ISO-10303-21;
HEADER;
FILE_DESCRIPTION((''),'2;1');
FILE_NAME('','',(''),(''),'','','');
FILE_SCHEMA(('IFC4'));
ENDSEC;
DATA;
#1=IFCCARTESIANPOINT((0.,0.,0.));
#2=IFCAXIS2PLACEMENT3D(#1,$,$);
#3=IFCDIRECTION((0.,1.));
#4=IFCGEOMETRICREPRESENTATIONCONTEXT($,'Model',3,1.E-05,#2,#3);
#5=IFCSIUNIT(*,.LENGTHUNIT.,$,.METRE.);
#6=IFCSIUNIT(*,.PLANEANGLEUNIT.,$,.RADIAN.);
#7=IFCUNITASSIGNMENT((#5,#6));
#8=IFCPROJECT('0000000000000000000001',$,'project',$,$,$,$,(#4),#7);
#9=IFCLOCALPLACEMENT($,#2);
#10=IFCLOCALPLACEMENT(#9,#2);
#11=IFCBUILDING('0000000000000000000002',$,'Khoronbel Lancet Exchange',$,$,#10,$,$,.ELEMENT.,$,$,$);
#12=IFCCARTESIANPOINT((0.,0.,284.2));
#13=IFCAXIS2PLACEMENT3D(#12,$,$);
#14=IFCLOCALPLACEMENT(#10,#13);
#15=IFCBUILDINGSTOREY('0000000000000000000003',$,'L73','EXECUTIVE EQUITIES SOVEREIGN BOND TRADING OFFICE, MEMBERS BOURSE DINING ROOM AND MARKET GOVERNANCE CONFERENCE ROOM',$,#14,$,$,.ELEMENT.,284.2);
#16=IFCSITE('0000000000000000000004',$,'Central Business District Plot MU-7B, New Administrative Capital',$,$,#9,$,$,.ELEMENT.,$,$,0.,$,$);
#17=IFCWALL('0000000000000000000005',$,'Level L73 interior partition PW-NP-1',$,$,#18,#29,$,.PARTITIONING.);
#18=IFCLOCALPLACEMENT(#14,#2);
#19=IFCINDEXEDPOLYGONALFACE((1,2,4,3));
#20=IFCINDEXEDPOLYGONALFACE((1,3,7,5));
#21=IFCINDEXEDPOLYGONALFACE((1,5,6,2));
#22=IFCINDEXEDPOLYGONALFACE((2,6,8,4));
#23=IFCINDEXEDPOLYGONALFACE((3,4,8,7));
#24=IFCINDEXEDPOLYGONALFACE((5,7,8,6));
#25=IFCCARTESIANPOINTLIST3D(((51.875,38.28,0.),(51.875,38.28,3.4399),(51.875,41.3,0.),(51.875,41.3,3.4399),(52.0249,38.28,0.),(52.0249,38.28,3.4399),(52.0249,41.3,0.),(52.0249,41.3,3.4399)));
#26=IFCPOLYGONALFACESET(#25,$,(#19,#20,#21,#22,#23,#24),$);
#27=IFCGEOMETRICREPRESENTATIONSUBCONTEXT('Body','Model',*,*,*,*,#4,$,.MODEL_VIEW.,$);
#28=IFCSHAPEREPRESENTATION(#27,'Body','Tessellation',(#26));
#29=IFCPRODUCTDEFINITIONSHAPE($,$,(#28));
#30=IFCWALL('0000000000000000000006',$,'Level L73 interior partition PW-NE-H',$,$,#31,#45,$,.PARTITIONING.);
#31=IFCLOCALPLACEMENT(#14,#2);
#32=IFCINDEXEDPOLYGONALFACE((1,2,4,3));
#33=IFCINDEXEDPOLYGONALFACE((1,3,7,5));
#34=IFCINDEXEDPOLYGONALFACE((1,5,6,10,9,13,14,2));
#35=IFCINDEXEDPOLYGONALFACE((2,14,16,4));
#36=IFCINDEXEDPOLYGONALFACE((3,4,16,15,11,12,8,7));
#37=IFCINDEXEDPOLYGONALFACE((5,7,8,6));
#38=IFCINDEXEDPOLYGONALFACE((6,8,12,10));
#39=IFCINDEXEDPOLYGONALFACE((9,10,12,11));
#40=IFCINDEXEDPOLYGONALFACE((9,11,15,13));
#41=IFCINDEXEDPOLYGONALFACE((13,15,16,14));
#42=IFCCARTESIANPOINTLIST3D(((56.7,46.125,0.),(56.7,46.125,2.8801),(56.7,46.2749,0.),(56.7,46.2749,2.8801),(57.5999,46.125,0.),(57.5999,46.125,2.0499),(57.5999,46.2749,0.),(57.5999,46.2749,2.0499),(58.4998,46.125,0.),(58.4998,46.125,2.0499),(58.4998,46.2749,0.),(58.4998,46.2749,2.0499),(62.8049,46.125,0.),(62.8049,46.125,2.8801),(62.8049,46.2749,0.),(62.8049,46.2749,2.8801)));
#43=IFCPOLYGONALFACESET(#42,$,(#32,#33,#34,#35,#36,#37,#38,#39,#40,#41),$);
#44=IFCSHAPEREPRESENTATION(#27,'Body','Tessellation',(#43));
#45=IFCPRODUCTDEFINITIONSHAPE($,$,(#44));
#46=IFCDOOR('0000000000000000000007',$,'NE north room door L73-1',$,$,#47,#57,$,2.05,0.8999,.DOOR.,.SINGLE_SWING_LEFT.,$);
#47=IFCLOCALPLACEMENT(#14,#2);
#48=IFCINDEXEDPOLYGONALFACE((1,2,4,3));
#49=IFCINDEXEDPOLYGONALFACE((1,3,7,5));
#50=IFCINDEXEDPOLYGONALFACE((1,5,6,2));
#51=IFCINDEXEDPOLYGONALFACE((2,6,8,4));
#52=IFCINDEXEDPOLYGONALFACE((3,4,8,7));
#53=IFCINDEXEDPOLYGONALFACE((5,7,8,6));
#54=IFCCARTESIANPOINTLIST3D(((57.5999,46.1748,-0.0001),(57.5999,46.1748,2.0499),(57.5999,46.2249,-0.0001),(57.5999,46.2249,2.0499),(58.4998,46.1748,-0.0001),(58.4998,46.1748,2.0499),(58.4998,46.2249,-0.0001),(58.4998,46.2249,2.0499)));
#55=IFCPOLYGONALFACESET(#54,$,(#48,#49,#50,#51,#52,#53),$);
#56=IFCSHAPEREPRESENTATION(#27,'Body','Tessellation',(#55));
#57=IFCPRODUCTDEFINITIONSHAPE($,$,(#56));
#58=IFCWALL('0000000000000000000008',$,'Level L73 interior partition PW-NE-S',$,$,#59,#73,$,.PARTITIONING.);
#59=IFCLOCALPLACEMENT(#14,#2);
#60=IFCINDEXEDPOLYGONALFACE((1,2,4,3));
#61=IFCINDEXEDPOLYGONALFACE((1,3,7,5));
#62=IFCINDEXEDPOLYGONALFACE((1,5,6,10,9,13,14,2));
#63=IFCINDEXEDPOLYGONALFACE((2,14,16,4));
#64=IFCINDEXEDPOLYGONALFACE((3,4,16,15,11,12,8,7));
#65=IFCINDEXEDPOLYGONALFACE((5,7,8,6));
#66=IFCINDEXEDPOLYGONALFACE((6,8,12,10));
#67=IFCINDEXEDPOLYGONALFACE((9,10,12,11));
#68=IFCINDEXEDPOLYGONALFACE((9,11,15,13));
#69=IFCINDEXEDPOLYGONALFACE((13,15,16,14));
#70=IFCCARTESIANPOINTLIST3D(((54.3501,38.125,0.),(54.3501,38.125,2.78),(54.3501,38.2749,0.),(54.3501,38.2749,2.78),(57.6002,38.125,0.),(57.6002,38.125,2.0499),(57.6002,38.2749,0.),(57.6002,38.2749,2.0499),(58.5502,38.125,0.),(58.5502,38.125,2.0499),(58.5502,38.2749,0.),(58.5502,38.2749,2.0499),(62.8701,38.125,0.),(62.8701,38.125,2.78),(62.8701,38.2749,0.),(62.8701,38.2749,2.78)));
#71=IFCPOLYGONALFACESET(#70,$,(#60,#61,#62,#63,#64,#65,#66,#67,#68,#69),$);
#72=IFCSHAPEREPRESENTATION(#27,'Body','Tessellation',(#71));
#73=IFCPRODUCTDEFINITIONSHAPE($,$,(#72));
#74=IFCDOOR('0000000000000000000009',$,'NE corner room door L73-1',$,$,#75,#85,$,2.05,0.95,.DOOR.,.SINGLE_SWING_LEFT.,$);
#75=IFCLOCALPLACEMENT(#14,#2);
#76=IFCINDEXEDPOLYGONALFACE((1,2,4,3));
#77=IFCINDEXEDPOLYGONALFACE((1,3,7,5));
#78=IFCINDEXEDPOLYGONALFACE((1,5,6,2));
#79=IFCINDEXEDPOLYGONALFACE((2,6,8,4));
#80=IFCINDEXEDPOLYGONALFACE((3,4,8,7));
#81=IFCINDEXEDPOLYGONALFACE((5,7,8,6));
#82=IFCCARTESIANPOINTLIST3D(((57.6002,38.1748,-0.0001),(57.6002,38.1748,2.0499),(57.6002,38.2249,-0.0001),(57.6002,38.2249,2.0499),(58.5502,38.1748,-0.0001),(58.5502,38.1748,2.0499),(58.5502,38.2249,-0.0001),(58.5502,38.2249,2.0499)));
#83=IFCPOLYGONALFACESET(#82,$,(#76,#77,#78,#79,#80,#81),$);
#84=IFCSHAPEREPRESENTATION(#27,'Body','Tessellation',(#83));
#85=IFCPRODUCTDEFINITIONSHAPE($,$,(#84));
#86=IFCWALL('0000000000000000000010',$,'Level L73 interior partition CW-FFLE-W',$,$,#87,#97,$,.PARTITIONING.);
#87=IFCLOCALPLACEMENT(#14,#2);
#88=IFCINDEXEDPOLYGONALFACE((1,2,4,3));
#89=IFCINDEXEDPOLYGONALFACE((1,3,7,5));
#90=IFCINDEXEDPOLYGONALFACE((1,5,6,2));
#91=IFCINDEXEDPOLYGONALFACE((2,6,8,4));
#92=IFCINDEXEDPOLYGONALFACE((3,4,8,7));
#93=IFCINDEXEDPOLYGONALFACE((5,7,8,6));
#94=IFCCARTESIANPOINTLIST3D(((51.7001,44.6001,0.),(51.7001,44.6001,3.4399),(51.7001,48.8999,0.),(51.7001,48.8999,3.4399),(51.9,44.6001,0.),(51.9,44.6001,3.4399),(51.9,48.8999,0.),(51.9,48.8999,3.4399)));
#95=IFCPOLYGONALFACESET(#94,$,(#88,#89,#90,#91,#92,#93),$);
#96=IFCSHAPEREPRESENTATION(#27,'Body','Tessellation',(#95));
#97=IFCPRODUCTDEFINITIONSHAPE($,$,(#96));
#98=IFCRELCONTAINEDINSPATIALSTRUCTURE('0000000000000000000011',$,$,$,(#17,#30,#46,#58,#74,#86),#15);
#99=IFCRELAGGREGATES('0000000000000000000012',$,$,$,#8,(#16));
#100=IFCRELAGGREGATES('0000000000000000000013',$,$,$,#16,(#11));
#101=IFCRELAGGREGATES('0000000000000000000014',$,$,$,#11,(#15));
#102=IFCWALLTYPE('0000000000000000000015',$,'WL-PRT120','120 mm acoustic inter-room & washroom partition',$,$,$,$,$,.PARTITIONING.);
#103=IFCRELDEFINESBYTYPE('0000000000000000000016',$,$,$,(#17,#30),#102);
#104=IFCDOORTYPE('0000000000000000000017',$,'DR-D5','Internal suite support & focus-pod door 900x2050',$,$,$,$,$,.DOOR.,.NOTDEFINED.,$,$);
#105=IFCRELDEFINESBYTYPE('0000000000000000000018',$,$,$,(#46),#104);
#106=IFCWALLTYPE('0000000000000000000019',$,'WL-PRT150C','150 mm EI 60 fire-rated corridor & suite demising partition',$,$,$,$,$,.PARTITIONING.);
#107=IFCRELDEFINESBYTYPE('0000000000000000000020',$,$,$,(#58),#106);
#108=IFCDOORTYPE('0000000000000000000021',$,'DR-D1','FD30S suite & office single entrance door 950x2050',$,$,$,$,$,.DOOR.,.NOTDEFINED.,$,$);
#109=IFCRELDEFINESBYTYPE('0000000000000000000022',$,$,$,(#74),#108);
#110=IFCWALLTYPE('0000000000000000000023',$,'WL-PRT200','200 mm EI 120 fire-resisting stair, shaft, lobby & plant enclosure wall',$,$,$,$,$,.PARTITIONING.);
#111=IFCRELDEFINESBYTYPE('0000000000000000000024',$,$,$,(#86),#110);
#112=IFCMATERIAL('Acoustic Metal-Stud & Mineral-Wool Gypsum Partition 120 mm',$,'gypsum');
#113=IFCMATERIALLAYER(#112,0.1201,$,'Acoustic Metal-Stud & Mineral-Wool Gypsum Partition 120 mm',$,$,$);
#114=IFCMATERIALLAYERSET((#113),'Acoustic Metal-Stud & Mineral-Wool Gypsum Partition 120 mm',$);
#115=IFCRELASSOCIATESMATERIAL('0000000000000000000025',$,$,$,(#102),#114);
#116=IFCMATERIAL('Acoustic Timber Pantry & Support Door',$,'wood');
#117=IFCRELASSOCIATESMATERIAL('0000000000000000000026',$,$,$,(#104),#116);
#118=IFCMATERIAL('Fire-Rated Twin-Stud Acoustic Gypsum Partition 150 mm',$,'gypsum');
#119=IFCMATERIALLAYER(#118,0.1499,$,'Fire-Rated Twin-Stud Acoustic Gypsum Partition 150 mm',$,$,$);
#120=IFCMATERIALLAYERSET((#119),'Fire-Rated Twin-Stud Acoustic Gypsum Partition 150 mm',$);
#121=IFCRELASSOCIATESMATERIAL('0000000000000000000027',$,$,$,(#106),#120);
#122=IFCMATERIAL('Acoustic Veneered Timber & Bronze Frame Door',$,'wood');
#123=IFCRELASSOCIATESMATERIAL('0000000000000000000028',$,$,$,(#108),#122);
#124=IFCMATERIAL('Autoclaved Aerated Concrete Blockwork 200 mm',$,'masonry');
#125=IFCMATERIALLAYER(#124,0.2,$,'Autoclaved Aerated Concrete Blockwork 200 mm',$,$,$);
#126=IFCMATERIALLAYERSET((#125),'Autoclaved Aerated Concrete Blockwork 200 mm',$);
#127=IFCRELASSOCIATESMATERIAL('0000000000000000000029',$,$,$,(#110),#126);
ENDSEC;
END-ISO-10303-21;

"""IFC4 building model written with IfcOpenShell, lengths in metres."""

from ifc_helpers import new_model, si_unit, direction, frame, frame_2d, origin, place, context, subcontext, project, spatial, rectangle, extrude, material, layer, layer_set, type_object, element, fill, save


model = new_model("IFC4")

# Units and contexts
model_context = context("Model", 3, precision=1e-05, world=origin(), true_north=direction((0.0, 1.0)))
body_context = subcontext(model_context, "Body", "Model", "MODEL_VIEW")
ifc_project = project(units=[si_unit("LENGTHUNIT", "METRE"), si_unit("PLANEANGLEUNIT", "RADIAN")], contexts=[model_context])

# Site, building, storey
site_placement = place(None, origin())
site = spatial("IfcSite", under=ifc_project, at=site_placement, Name="Central Business District Plot MU-7B, New Administrative Capital", CompositionType="ELEMENT", RefElevation=0.0)
building_placement = place(site_placement, origin())
building = spatial("IfcBuilding", under=site, at=building_placement, Name="Khoronbel Lancet Exchange", CompositionType="ELEMENT")
storey_placement = place(building_placement, frame((0.0, 0.0, 284.2)))
storey = spatial("IfcBuildingStorey", under=building, at=storey_placement, Name="L73", Description="EXECUTIVE EQUITIES SOVEREIGN BOND TRADING OFFICE, MEMBERS BOURSE DINING ROOM AND MARKET GOVERNANCE CONFERENCE ROOM", CompositionType="ELEMENT", Elevation=284.2)

# Wall
ifc_material_1 = material(Name="Acoustic Metal-Stud & Mineral-Wool Gypsum Partition 120 mm", Category="gypsum")
ifc_layer_1 = layer(ifc_material_1, 0.1201, Name="Acoustic Metal-Stud & Mineral-Wool Gypsum Partition 120 mm")
ifc_layer_set_1 = layer_set([ifc_layer_1], Name="Acoustic Metal-Stud & Mineral-Wool Gypsum Partition 120 mm")
wall_type_1 = type_object("IfcWallType", Name="WL-PRT120", Description="120 mm acoustic inter-room & washroom partition", PredefinedType="PARTITIONING", material=ifc_layer_set_1)
wall_1_placement = place(storey_placement, frame((51.95, 38.28, 0.0), z_axis=(0.0, 0.0, 1.0), x_axis=(0.0, 1.0, 0.0)))
element("IfcWall", 1, at=wall_1_placement, inside=storey, type_object=wall_type_1, Name="Level L73 interior partition PW-NP-1", PredefinedType="PARTITIONING", context=body_context, shape_type="SweptSolid", body=[
    extrude(rectangle(XDim=3.02, YDim=0.1499, at=frame_2d((1.51, 0.0))), origin(), (0.0, 0.0, 1.0), 3.4399),
])

# Walls, openings, doors
wall_2_placement = place(storey_placement, frame((56.7, 46.2, 0.0), z_axis=(0.0, 0.0, 1.0), x_axis=(1.0, 0.0, 0.0)))
wall_2 = element("IfcWall", 2, at=wall_2_placement, inside=storey, type_object=wall_type_1, Name="Level L73 interior partition PW-NE-H", PredefinedType="PARTITIONING", context=body_context, shape_type="SweptSolid", body=[
    extrude(rectangle(XDim=6.105, YDim=0.1499, at=frame_2d((3.0525, 0.0))), origin(), (0.0, 0.0, 1.0), 2.8801),
])
opening_1_placement = place(wall_2_placement, frame((0.8999, 0.0, 0.0)))
opening_1 = element("IfcOpeningElement", 3, at=opening_1_placement, cuts=wall_2, PredefinedType="OPENING", context=body_context, shape_type="SweptSolid", body=[
    extrude(rectangle(XDim=0.8999, YDim=2.05, at=frame_2d((0.45, 1.0249))), frame((0.0, 0.085, 0.0), z_axis=(0.0, -1.0, 0.0), x_axis=(1.0, 0.0, 0.0)), (0.0, 0.0, 1.0), 0.1699),
])
ifc_material_2 = material(Name="Acoustic Timber Pantry & Support Door", Category="wood")
door_type_1 = type_object("IfcDoorType", Name="DR-D5", Description="Internal suite support & focus-pod door 900x2050", OperationType="NOTDEFINED", PredefinedType="DOOR", material=ifc_material_2)
door_1_placement = place(opening_1_placement, origin())
door_1 = element("IfcDoor", 4, at=door_1_placement, inside=storey, type_object=door_type_1, Name="NE north room door L73-1", OperationType="SINGLE_SWING_LEFT", OverallHeight=2.05, OverallWidth=0.8999, PredefinedType="DOOR", context=body_context, shape_type="SweptSolid", body=[
    extrude(rectangle(XDim=0.8999, YDim=2.05, at=frame_2d((0.45, 1.0249))), frame((0.0, 0.0249, 0.0), z_axis=(0.0, -1.0, 0.0), x_axis=(1.0, 0.0, 0.0)), (0.0, 0.0, 1.0), 0.05),
])
fill(opening_1, door_1)
ifc_material_3 = material(Name="Fire-Rated Twin-Stud Acoustic Gypsum Partition 150 mm", Category="gypsum")
ifc_layer_2 = layer(ifc_material_3, 0.1499, Name="Fire-Rated Twin-Stud Acoustic Gypsum Partition 150 mm")
ifc_layer_set_2 = layer_set([ifc_layer_2], Name="Fire-Rated Twin-Stud Acoustic Gypsum Partition 150 mm")
wall_type_2 = type_object("IfcWallType", Name="WL-PRT150C", Description="150 mm EI 60 fire-rated corridor & suite demising partition", PredefinedType="PARTITIONING", material=ifc_layer_set_2)
wall_3_placement = place(storey_placement, frame((54.3501, 38.2, 0.0), z_axis=(0.0, 0.0, 1.0), x_axis=(1.0, 0.0, 0.0)))
wall_3 = element("IfcWall", 5, at=wall_3_placement, inside=storey, type_object=wall_type_2, Name="Level L73 interior partition PW-NE-S", PredefinedType="PARTITIONING", context=body_context, shape_type="SweptSolid", body=[
    extrude(rectangle(XDim=8.52, YDim=0.1499, at=frame_2d((4.26, 0.0))), origin(), (0.0, 0.0, 1.0), 2.78),
])
opening_2_placement = place(wall_3_placement, frame((3.25, 0.0, 0.0)))
opening_2 = element("IfcOpeningElement", 6, at=opening_2_placement, cuts=wall_3, PredefinedType="OPENING", context=body_context, shape_type="SweptSolid", body=[
    extrude(rectangle(XDim=0.95, YDim=2.05, at=frame_2d((0.4751, 1.0249))), frame((0.0, 0.085, 0.0), z_axis=(0.0, -1.0, 0.0), x_axis=(1.0, 0.0, 0.0)), (0.0, 0.0, 1.0), 0.1699),
])
ifc_material_4 = material(Name="Acoustic Veneered Timber & Bronze Frame Door", Category="wood")
door_type_2 = type_object("IfcDoorType", Name="DR-D1", Description="FD30S suite & office single entrance door 950x2050", OperationType="NOTDEFINED", PredefinedType="DOOR", material=ifc_material_4)
door_2_placement = place(opening_2_placement, origin())
door_2 = element("IfcDoor", 7, at=door_2_placement, inside=storey, type_object=door_type_2, Name="NE corner room door L73-1", OperationType="SINGLE_SWING_LEFT", OverallHeight=2.05, OverallWidth=0.95, PredefinedType="DOOR", context=body_context, shape_type="SweptSolid", body=[
    extrude(rectangle(XDim=0.95, YDim=2.05, at=frame_2d((0.4751, 1.0249))), frame((0.0, 0.0249, 0.0), z_axis=(0.0, -1.0, 0.0), x_axis=(1.0, 0.0, 0.0)), (0.0, 0.0, 1.0), 0.05),
])
fill(opening_2, door_2)

# Wall
ifc_material_5 = material(Name="Autoclaved Aerated Concrete Blockwork 200 mm", Category="masonry")
ifc_layer_3 = layer(ifc_material_5, 0.2, Name="Autoclaved Aerated Concrete Blockwork 200 mm")
ifc_layer_set_3 = layer_set([ifc_layer_3], Name="Autoclaved Aerated Concrete Blockwork 200 mm")
wall_type_3 = type_object("IfcWallType", Name="WL-PRT200", Description="200 mm EI 120 fire-resisting stair, shaft, lobby & plant enclosure wall", PredefinedType="PARTITIONING", material=ifc_layer_set_3)
wall_4_placement = place(storey_placement, frame((51.8, 44.6001, 0.0), z_axis=(0.0, 0.0, 1.0), x_axis=(0.0, 1.0, 0.0)))
element("IfcWall", 8, at=wall_4_placement, inside=storey, type_object=wall_type_3, Name="Level L73 interior partition CW-FFLE-W", PredefinedType="PARTITIONING", context=body_context, shape_type="SweptSolid", body=[
    extrude(rectangle(XDim=4.2998, YDim=0.2, at=frame_2d((2.1499, 0.0))), origin(), (0.0, 0.0, 1.0), 3.4399),
])

save(model, "model.ifc")
